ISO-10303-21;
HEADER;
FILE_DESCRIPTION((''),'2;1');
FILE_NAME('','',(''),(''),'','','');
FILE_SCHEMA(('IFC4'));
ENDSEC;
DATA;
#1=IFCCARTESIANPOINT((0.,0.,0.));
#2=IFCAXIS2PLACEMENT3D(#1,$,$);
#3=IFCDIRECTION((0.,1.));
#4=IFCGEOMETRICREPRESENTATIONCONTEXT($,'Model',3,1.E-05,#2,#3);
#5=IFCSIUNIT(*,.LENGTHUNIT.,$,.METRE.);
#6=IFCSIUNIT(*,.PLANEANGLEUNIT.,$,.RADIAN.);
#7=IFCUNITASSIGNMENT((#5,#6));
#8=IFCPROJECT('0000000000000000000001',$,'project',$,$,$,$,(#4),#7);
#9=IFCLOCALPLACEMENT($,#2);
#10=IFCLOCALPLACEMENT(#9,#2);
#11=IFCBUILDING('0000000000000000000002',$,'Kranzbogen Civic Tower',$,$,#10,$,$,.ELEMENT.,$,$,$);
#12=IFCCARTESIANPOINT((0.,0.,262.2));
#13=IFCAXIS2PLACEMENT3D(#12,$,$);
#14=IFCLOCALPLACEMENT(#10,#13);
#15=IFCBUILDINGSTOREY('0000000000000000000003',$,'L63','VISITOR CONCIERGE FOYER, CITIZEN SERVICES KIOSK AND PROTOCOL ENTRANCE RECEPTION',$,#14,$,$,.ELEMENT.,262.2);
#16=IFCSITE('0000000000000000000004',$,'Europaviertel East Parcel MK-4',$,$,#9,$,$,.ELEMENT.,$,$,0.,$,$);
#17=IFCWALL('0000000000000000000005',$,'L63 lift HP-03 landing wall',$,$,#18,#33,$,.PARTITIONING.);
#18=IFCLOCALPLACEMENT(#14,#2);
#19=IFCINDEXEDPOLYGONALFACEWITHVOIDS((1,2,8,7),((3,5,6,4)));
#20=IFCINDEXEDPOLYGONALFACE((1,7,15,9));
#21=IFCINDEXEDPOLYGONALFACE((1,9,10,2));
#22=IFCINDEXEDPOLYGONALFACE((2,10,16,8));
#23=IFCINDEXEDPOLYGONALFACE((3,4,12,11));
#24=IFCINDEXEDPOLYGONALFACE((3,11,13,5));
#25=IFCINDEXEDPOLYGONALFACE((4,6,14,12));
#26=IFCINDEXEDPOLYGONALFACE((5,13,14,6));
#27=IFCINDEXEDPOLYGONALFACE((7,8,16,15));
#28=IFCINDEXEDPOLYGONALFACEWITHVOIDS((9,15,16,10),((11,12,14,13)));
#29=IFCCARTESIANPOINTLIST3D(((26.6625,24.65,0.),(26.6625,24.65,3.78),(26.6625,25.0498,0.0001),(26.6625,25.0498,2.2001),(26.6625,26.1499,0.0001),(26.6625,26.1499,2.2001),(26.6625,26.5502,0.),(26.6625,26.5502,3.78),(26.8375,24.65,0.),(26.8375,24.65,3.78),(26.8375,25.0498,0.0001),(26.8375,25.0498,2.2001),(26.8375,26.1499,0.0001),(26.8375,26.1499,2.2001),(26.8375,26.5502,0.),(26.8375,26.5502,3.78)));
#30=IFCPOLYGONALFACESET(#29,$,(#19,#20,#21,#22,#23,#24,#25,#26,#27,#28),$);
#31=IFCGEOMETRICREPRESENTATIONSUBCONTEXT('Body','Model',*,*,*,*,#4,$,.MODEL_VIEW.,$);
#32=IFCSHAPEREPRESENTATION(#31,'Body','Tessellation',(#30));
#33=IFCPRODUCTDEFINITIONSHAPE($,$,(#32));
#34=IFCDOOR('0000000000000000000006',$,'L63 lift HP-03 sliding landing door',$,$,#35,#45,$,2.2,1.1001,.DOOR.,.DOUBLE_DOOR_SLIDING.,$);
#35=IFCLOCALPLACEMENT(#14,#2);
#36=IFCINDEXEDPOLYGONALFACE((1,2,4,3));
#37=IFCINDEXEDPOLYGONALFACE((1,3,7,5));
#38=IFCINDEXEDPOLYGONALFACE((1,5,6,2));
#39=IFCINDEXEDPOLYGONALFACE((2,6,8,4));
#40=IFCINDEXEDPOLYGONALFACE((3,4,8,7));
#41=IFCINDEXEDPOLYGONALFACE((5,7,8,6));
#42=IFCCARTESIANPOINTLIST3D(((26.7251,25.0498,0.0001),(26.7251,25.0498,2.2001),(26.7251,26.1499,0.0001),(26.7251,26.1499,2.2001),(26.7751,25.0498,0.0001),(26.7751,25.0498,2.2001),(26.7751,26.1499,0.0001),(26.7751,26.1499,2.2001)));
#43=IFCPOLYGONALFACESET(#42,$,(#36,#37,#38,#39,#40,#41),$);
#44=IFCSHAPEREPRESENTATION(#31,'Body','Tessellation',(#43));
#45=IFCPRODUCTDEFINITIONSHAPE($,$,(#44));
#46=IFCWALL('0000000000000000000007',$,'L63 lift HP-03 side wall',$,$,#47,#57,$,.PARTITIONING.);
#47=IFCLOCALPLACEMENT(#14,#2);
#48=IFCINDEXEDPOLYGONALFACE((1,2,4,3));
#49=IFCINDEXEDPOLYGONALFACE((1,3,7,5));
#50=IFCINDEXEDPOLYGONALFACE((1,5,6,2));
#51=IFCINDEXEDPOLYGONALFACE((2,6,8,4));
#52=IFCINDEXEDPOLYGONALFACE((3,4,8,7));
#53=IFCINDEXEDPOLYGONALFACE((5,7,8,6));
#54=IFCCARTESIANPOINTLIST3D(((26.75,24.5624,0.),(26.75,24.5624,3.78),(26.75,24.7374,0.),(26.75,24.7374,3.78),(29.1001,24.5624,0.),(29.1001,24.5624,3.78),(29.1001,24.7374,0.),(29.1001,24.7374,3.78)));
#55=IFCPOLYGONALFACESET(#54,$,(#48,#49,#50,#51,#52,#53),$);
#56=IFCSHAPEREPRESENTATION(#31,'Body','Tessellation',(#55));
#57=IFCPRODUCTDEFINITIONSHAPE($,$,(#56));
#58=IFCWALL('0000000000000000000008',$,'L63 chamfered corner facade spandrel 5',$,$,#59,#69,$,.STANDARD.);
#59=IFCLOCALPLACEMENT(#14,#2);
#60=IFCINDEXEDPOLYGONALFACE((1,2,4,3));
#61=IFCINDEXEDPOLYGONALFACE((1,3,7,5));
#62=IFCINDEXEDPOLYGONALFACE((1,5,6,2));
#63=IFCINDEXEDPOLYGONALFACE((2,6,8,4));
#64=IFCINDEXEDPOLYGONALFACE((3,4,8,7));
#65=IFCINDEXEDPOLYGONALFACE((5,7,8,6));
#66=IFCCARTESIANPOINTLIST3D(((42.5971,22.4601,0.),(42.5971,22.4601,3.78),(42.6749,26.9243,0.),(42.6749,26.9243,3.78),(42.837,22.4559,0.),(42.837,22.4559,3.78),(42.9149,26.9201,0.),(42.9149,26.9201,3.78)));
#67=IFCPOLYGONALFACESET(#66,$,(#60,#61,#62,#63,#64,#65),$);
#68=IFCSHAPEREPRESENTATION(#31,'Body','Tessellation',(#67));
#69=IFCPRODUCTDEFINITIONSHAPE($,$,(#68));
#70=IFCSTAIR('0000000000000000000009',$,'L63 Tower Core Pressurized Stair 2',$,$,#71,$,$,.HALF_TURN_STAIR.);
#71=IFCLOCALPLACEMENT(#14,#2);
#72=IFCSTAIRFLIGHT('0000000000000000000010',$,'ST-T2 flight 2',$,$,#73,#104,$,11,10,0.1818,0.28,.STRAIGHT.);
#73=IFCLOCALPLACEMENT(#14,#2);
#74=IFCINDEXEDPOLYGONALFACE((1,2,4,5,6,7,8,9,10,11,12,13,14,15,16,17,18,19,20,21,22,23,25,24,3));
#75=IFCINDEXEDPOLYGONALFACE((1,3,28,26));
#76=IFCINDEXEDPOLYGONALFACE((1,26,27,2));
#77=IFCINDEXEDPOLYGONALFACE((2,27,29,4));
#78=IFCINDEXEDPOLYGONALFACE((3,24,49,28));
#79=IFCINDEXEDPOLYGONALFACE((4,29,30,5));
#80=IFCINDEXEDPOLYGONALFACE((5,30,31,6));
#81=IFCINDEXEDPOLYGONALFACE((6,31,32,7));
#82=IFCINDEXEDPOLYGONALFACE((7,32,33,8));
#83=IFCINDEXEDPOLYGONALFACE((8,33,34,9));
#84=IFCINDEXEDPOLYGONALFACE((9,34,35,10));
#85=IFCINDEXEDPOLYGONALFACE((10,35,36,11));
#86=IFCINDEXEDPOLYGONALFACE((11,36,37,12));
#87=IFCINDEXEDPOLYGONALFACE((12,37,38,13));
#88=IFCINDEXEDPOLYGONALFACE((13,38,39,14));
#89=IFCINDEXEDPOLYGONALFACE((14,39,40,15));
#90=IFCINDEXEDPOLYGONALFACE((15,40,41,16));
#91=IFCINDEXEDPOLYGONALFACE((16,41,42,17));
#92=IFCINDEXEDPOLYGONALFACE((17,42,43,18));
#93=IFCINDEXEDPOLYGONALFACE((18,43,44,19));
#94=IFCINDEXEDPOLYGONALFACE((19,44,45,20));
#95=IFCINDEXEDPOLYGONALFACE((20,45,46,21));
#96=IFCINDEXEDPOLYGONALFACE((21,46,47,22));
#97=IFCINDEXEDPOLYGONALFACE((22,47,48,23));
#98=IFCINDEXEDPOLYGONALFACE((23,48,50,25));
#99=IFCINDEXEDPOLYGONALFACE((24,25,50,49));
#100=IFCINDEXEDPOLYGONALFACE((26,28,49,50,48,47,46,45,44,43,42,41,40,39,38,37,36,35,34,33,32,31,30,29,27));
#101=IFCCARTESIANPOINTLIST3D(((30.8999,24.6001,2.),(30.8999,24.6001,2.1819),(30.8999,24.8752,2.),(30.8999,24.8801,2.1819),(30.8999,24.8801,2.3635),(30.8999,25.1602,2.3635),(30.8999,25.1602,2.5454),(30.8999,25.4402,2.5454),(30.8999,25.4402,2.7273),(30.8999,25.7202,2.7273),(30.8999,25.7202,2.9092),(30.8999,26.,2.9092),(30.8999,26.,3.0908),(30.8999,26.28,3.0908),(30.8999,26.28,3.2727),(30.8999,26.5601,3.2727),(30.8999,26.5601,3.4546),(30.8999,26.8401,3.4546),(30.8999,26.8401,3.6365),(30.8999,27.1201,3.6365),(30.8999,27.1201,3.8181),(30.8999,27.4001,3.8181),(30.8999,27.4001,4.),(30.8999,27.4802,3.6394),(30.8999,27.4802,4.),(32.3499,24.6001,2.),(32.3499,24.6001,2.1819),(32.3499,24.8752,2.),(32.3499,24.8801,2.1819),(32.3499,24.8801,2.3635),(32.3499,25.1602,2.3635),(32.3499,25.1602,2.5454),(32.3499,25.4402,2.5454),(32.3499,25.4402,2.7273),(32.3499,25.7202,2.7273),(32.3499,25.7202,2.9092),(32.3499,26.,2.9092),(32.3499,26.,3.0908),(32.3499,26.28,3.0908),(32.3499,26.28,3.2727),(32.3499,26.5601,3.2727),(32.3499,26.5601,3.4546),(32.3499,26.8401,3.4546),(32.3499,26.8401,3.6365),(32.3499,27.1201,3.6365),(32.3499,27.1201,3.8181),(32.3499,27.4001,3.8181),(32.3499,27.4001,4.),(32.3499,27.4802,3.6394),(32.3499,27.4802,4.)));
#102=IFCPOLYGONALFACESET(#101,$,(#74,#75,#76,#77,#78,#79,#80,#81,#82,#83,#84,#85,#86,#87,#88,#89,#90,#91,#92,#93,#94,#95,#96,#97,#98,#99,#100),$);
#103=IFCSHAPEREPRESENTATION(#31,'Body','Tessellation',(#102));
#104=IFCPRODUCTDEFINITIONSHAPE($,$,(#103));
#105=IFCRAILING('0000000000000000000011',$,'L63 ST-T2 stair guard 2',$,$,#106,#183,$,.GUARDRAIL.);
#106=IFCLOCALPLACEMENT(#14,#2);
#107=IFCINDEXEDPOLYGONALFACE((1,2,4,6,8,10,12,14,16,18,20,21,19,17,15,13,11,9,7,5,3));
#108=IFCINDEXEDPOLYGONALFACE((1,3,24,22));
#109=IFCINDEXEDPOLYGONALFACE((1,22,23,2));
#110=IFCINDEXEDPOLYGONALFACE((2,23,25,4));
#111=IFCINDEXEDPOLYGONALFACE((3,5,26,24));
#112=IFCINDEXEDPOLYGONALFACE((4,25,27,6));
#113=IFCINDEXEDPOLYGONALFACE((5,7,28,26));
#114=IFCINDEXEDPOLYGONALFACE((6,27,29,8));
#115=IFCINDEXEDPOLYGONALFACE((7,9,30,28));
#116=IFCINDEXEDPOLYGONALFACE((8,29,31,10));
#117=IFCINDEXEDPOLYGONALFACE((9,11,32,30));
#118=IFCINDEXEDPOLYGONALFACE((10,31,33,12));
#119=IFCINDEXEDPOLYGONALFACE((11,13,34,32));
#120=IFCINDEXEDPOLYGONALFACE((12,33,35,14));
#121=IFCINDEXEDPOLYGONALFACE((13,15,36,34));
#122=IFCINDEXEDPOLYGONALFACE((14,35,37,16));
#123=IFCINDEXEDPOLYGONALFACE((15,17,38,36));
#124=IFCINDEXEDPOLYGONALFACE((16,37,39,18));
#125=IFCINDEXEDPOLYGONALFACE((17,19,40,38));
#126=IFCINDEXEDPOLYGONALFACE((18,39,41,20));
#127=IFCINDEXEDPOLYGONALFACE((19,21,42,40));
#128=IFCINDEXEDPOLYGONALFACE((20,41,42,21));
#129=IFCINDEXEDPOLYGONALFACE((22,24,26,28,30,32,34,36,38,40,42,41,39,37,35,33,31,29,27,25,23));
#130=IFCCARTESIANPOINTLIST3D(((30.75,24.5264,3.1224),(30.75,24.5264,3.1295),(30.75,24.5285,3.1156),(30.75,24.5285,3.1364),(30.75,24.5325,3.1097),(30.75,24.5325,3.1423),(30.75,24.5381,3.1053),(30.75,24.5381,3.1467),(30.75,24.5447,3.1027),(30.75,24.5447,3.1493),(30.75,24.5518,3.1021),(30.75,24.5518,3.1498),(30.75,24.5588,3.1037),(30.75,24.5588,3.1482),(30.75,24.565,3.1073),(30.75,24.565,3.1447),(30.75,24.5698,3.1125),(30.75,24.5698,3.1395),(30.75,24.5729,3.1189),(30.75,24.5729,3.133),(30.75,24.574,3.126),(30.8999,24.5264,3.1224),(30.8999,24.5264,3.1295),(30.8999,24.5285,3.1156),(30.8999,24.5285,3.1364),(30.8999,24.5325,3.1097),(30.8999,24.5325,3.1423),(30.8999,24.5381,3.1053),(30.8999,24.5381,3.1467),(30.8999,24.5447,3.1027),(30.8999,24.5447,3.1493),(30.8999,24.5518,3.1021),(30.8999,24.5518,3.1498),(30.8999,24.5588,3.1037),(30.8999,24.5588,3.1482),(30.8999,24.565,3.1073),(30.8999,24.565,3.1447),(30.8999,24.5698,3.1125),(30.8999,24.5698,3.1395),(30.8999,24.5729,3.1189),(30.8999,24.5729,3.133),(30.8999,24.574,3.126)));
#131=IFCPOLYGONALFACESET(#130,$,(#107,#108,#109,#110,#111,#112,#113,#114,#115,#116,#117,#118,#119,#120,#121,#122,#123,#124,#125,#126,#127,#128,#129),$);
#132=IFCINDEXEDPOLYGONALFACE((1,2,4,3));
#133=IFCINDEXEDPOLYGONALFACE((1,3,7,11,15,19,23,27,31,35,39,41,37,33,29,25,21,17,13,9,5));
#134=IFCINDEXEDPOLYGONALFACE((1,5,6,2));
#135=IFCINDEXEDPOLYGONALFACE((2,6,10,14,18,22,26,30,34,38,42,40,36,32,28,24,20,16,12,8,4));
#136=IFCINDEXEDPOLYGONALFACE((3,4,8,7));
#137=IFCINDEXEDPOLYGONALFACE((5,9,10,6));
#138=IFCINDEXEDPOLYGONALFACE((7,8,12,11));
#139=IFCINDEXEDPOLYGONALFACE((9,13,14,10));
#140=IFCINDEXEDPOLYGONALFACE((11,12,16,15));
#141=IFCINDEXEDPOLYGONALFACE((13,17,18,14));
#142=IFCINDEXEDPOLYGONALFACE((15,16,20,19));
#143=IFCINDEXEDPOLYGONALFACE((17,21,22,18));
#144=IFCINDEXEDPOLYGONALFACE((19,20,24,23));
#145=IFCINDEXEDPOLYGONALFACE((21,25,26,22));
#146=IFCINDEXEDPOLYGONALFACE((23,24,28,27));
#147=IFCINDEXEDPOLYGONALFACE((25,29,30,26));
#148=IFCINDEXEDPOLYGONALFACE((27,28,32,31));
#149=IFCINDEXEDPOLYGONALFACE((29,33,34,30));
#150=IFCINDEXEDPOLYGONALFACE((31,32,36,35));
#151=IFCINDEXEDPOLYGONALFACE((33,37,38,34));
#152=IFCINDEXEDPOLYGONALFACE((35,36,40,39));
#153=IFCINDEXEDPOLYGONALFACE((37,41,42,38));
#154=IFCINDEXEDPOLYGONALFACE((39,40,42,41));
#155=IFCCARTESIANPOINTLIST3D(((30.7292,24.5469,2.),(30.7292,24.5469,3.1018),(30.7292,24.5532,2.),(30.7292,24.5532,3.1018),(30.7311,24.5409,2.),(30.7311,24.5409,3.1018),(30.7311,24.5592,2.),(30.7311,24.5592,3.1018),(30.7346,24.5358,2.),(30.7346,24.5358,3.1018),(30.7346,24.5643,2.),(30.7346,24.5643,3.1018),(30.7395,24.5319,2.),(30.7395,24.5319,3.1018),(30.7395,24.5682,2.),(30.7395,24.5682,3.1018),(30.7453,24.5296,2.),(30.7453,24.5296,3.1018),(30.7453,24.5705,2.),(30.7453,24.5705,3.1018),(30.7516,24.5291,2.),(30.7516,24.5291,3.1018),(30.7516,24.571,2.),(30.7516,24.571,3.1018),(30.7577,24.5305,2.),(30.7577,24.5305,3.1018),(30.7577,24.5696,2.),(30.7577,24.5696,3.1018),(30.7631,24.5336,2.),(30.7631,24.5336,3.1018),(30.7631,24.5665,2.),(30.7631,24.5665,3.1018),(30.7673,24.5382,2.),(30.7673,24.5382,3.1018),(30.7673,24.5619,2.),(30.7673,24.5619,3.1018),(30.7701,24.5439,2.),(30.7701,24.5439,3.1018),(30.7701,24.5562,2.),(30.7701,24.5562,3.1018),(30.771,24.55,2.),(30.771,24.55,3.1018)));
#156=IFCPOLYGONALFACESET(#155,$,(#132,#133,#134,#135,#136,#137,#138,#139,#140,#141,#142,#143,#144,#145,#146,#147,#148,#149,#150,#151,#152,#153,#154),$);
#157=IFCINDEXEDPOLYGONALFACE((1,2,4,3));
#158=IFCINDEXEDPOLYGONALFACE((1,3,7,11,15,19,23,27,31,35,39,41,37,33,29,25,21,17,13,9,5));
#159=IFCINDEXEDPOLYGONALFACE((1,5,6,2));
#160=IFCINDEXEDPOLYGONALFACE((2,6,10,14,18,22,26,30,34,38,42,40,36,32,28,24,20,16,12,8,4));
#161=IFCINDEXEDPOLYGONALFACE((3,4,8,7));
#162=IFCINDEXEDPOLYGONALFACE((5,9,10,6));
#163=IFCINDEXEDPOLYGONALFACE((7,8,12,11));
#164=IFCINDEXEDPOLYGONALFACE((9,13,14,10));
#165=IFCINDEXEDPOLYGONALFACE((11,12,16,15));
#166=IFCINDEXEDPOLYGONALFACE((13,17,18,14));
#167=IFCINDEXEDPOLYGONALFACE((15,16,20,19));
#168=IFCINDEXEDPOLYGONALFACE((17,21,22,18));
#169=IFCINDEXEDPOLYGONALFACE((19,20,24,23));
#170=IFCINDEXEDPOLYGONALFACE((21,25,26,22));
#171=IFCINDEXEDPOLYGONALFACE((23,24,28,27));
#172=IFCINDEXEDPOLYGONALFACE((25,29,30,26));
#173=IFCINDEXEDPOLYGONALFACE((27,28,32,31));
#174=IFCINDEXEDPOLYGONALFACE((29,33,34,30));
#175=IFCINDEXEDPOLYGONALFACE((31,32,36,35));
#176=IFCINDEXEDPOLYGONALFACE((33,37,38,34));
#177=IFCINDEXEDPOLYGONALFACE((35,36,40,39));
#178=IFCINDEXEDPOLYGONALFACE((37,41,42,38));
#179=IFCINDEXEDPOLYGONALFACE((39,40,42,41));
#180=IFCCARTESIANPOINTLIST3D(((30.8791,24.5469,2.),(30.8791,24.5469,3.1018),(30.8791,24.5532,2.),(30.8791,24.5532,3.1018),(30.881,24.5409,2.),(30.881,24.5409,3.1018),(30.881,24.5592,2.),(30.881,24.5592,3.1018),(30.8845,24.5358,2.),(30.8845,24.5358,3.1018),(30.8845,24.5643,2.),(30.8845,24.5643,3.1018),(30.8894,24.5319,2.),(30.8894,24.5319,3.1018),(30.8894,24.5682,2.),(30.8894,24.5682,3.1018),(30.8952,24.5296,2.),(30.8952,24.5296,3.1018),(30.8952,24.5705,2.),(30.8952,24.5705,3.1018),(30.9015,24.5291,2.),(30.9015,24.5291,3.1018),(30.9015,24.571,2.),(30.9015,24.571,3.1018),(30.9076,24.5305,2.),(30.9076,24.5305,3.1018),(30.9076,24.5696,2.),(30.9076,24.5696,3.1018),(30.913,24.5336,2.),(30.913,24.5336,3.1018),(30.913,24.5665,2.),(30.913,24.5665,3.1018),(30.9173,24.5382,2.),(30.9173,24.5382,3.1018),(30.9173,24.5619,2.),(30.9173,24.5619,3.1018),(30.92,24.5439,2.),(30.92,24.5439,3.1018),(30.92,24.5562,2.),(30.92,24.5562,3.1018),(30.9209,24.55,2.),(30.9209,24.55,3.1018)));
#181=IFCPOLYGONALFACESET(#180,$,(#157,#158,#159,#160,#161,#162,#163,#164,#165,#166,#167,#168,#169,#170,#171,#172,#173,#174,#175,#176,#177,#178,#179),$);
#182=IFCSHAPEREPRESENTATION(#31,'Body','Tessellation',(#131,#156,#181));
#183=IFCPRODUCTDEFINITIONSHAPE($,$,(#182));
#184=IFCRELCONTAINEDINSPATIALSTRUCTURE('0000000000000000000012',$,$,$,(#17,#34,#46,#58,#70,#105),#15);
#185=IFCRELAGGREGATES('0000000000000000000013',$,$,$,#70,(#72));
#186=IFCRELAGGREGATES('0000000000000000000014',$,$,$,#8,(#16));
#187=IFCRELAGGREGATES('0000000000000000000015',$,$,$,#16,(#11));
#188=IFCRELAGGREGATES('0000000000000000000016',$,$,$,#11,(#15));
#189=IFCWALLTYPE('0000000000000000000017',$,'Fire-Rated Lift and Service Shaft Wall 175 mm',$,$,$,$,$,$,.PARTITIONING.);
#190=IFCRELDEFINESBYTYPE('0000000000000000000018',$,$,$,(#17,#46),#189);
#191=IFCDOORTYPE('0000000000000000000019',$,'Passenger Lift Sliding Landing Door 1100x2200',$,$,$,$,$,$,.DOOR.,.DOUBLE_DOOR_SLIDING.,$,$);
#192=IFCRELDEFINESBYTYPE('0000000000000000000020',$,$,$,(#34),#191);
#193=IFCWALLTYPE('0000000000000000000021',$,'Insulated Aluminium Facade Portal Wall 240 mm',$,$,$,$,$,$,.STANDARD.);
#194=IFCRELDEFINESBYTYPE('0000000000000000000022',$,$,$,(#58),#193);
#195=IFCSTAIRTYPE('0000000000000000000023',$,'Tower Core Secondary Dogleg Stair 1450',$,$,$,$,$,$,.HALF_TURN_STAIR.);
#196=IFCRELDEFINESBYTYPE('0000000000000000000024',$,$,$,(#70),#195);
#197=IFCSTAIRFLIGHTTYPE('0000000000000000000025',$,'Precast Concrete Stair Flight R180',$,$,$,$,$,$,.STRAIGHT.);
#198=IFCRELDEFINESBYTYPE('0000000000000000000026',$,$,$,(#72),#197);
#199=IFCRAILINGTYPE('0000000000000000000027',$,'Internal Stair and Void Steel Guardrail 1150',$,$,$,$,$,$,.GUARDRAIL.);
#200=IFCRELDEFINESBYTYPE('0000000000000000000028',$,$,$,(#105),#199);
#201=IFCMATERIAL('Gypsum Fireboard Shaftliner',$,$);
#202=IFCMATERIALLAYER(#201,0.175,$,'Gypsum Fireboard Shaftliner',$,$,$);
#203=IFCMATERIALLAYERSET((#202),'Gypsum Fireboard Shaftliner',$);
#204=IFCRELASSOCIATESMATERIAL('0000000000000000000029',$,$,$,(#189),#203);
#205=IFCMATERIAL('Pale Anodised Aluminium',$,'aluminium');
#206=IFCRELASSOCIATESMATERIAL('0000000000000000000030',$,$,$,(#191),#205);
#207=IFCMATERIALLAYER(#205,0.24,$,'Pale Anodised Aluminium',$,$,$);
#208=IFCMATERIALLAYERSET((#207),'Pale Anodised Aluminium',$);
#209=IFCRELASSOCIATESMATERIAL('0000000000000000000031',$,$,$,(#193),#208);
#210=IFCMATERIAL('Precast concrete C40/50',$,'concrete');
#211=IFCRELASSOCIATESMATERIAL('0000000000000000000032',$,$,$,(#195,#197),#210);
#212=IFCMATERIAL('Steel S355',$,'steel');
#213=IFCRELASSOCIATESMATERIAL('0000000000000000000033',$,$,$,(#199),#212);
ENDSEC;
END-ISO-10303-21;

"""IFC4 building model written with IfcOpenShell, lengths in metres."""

from ifc_helpers import new_model, si_unit, direction, frame, frame_2d, origin, origin_2d, place, context, subcontext, project, spatial, polyline, rectangle, circle, outline, extrude, material, layer, layer_set, type_object, element, fill, aggregate, save


model = new_model("IFC4")

# Units and contexts
model_context = context("Model", 3, precision=1e-05, world=origin(), true_north=direction((0.0, 1.0)))
body_context = subcontext(model_context, "Body", "Model", "MODEL_VIEW")
ifc_project = project(units=[si_unit("LENGTHUNIT", "METRE"), si_unit("PLANEANGLEUNIT", "RADIAN")], contexts=[model_context])

# Site, building, storey
site_placement = place(None, origin())
site = spatial("IfcSite", under=ifc_project, at=site_placement, Name="Europaviertel East Parcel MK-4", CompositionType="ELEMENT", RefElevation=0.0)
building_placement = place(site_placement, origin())
building = spatial("IfcBuilding", under=site, at=building_placement, Name="Kranzbogen Civic Tower", CompositionType="ELEMENT")
storey_placement = place(building_placement, frame((0.0, 0.0, 262.2)))
storey = spatial("IfcBuildingStorey", under=building, at=storey_placement, Name="L63", Description="VISITOR CONCIERGE FOYER, CITIZEN SERVICES KIOSK AND PROTOCOL ENTRANCE RECEPTION", CompositionType="ELEMENT", Elevation=262.2)

# Shared definitions
ifc_material_1 = material(Name="Steel S355", Category="steel")

# Shared definitions
ifc_material_2 = material(Name="Pale Anodised Aluminium", Category="aluminium")

# Shared definitions
ifc_material_3 = material(Name="Gypsum Fireboard Shaftliner")
ifc_layer_1 = layer(ifc_material_3, 0.175, Name="Gypsum Fireboard Shaftliner")
ifc_layer_set_1 = layer_set([ifc_layer_1], Name="Gypsum Fireboard Shaftliner")
wall_type_1 = type_object("IfcWallType", Name="Fire-Rated Lift and Service Shaft Wall 175 mm", PredefinedType="PARTITIONING", material=ifc_layer_set_1)
door_type_1 = type_object("IfcDoorType", Name="Passenger Lift Sliding Landing Door 1100x2200", OperationType="DOUBLE_DOOR_SLIDING", PredefinedType="DOOR", material=ifc_material_2)

# Wall, opening, door
wall_1_placement = place(storey_placement, frame((26.75, 24.6499, 0.0), z_axis=(0.0, 0.0, 1.0), x_axis=(0.0, 1.0, 0.0)))
wall_1 = element("IfcWall", 1, at=wall_1_placement, inside=storey, type_object=wall_type_1, Name="L63 lift HP-03 landing wall", PredefinedType="PARTITIONING", context=body_context, shape_type="SweptSolid", body=[
    extrude(rectangle(XDim=1.9001, YDim=0.175, at=frame_2d((0.9502, 0.0))), origin(), (0.0, 0.0, 1.0), 3.78),
])
opening_1_placement = place(wall_1_placement, frame((0.3999, 0.0, 0.0)))
opening_1 = element("IfcOpeningElement", 2, at=opening_1_placement, cuts=wall_1, PredefinedType="OPENING", context=body_context, shape_type="SweptSolid", body=[
    extrude(rectangle(XDim=1.1001, YDim=2.2, at=frame_2d((0.55, 1.1001))), frame((0.0, 0.0977, 0.0), z_axis=(0.0, -1.0, 0.0), x_axis=(1.0, 0.0, 0.0)), (0.0, 0.0, 1.0), 0.1951),
])
door_1_placement = place(opening_1_placement, origin())
door_1 = element("IfcDoor", 3, at=door_1_placement, inside=storey, type_object=door_type_1, Name="L63 lift HP-03 sliding landing door", OperationType="DOUBLE_DOOR_SLIDING", OverallHeight=2.2, OverallWidth=1.1001, PredefinedType="DOOR", context=body_context, shape_type="SweptSolid", body=[
    extrude(rectangle(XDim=1.1001, YDim=2.2, at=frame_2d((0.55, 1.1001))), frame((0.0, 0.0249, 0.0), z_axis=(0.0, -1.0, 0.0), x_axis=(1.0, 0.0, 0.0)), (0.0, 0.0, 1.0), 0.05),
])
fill(opening_1, door_1)

# Walls
wall_2_placement = place(storey_placement, frame((26.75, 24.6499, 0.0), z_axis=(0.0, 0.0, 1.0), x_axis=(1.0, 0.0, 0.0)))
element("IfcWall", 4, at=wall_2_placement, inside=storey, type_object=wall_type_1, Name="L63 lift HP-03 side wall", PredefinedType="PARTITIONING", context=body_context, shape_type="SweptSolid", body=[
    extrude(rectangle(XDim=2.3501, YDim=0.175, at=frame_2d((1.175, 0.0))), origin(), (0.0, 0.0, 1.0), 3.78),
])
ifc_layer_2 = layer(ifc_material_2, 0.24, Name="Pale Anodised Aluminium")
ifc_layer_set_2 = layer_set([ifc_layer_2], Name="Pale Anodised Aluminium")
wall_type_2 = type_object("IfcWallType", Name="Insulated Aluminium Facade Portal Wall 240 mm", PredefinedType="STANDARD", material=ifc_layer_set_2)
wall_3_placement = place(storey_placement, frame((42.717, 22.458, 0.0), z_axis=(0.0, 0.0, 1.0), x_axis=(0.017443, 0.999848, 0.0)))
element("IfcWall", 5, at=wall_3_placement, inside=storey, type_object=wall_type_2, Name="L63 chamfered corner facade spandrel 5", PredefinedType="STANDARD", context=body_context, shape_type="SweptSolid", body=[
    extrude(rectangle(XDim=4.4648, YDim=0.24, at=frame_2d((2.2324, 0.0))), origin(), (0.0, 0.0, 1.0), 3.78),
])

# Stair, stair flight
ifc_material_4 = material(Name="Precast concrete C40/50", Category="concrete")
stair_type = type_object("IfcStairType", Name="Tower Core Secondary Dogleg Stair 1450", PredefinedType="HALF_TURN_STAIR", material=ifc_material_4)
stair_placement = place(storey_placement, origin())
stair = element("IfcStair", 6, at=stair_placement, inside=storey, type_object=stair_type, Name="L63 Tower Core Pressurized Stair 2", PredefinedType="HALF_TURN_STAIR")
stair_flight_type = type_object("IfcStairFlightType", Name="Precast Concrete Stair Flight R180", PredefinedType="STRAIGHT", material=ifc_material_4)
stair_flight_placement = place(storey_placement, frame((31.625, 24.6001, 2.0), z_axis=(0.0, 0.0, 1.0), x_axis=(0.0, 1.0, 0.0)))
stair_flight = element("IfcStairFlight", 7, at=stair_flight_placement, type_object=stair_flight_type, Name="ST-T2 flight 2", NumberOfRisers=11, NumberOfTreads=10, PredefinedType="STRAIGHT", RiserHeight=0.1818, TreadLength=0.28, context=body_context, shape_type="SweptSolid", body=[
    extrude(outline(polyline([(0.0, 0.0), (0.0, 0.1819), (0.28, 0.1819), (0.28, 0.3635), (0.5601, 0.3635), (0.5601, 0.5454), (0.8401, 0.5454), (0.8401, 0.7273), (1.1201, 0.7273), (1.1201, 0.9092), (1.3999, 0.9092), (1.3999, 1.0908), (1.6799, 1.0908), (1.6799, 1.2727), (1.96, 1.2727), (1.96, 1.4546), (2.24, 1.4546), (2.24, 1.6365), (2.52, 1.6365), (2.52, 1.8181), (2.8, 1.8181), (2.8, 2.0), (2.8801, 2.0), (2.8801, 1.6394), (0.2751, 0.0), (0.0, 0.0)])), frame((0.0, 0.7251, 0.0), z_axis=(0.0, -1.0, 0.0), x_axis=(1.0, 0.0, 0.0)), (0.0, 0.0, 1.0), 1.45),
])
aggregate(stair, [stair_flight])

# Railing
railing_type_1 = type_object("IfcRailingType", Name="Internal Stair and Void Steel Guardrail 1150", PredefinedType="GUARDRAIL", material=ifc_material_1)
railing_1_placement = place(storey_placement, frame((30.75, 24.55, 2.0)))
element("IfcRailing", 8, at=railing_1_placement, inside=storey, type_object=railing_type_1, Name="L63 ST-T2 stair guard 2", PredefinedType="GUARDRAIL", context=body_context, shape_type="SweptSolid", body=[
    extrude(circle(Radius=0.0239, at=origin_2d()), frame((0.0, 0.0, 1.126), z_axis=(1.0, 0.0, 0.0), x_axis=(0.0, 1.0, 0.0)), (0.0, 0.0, 1.0), 0.1499),
    extrude(circle(Radius=0.021, at=origin_2d()), origin(), (0.0, 0.0, 1.0), 1.1018),
    extrude(circle(Radius=0.021, at=origin_2d()), frame((0.1499, 0.0, 0.0)), (0.0, 0.0, 1.0), 1.1018),
])

save(model, "model.ifc")
